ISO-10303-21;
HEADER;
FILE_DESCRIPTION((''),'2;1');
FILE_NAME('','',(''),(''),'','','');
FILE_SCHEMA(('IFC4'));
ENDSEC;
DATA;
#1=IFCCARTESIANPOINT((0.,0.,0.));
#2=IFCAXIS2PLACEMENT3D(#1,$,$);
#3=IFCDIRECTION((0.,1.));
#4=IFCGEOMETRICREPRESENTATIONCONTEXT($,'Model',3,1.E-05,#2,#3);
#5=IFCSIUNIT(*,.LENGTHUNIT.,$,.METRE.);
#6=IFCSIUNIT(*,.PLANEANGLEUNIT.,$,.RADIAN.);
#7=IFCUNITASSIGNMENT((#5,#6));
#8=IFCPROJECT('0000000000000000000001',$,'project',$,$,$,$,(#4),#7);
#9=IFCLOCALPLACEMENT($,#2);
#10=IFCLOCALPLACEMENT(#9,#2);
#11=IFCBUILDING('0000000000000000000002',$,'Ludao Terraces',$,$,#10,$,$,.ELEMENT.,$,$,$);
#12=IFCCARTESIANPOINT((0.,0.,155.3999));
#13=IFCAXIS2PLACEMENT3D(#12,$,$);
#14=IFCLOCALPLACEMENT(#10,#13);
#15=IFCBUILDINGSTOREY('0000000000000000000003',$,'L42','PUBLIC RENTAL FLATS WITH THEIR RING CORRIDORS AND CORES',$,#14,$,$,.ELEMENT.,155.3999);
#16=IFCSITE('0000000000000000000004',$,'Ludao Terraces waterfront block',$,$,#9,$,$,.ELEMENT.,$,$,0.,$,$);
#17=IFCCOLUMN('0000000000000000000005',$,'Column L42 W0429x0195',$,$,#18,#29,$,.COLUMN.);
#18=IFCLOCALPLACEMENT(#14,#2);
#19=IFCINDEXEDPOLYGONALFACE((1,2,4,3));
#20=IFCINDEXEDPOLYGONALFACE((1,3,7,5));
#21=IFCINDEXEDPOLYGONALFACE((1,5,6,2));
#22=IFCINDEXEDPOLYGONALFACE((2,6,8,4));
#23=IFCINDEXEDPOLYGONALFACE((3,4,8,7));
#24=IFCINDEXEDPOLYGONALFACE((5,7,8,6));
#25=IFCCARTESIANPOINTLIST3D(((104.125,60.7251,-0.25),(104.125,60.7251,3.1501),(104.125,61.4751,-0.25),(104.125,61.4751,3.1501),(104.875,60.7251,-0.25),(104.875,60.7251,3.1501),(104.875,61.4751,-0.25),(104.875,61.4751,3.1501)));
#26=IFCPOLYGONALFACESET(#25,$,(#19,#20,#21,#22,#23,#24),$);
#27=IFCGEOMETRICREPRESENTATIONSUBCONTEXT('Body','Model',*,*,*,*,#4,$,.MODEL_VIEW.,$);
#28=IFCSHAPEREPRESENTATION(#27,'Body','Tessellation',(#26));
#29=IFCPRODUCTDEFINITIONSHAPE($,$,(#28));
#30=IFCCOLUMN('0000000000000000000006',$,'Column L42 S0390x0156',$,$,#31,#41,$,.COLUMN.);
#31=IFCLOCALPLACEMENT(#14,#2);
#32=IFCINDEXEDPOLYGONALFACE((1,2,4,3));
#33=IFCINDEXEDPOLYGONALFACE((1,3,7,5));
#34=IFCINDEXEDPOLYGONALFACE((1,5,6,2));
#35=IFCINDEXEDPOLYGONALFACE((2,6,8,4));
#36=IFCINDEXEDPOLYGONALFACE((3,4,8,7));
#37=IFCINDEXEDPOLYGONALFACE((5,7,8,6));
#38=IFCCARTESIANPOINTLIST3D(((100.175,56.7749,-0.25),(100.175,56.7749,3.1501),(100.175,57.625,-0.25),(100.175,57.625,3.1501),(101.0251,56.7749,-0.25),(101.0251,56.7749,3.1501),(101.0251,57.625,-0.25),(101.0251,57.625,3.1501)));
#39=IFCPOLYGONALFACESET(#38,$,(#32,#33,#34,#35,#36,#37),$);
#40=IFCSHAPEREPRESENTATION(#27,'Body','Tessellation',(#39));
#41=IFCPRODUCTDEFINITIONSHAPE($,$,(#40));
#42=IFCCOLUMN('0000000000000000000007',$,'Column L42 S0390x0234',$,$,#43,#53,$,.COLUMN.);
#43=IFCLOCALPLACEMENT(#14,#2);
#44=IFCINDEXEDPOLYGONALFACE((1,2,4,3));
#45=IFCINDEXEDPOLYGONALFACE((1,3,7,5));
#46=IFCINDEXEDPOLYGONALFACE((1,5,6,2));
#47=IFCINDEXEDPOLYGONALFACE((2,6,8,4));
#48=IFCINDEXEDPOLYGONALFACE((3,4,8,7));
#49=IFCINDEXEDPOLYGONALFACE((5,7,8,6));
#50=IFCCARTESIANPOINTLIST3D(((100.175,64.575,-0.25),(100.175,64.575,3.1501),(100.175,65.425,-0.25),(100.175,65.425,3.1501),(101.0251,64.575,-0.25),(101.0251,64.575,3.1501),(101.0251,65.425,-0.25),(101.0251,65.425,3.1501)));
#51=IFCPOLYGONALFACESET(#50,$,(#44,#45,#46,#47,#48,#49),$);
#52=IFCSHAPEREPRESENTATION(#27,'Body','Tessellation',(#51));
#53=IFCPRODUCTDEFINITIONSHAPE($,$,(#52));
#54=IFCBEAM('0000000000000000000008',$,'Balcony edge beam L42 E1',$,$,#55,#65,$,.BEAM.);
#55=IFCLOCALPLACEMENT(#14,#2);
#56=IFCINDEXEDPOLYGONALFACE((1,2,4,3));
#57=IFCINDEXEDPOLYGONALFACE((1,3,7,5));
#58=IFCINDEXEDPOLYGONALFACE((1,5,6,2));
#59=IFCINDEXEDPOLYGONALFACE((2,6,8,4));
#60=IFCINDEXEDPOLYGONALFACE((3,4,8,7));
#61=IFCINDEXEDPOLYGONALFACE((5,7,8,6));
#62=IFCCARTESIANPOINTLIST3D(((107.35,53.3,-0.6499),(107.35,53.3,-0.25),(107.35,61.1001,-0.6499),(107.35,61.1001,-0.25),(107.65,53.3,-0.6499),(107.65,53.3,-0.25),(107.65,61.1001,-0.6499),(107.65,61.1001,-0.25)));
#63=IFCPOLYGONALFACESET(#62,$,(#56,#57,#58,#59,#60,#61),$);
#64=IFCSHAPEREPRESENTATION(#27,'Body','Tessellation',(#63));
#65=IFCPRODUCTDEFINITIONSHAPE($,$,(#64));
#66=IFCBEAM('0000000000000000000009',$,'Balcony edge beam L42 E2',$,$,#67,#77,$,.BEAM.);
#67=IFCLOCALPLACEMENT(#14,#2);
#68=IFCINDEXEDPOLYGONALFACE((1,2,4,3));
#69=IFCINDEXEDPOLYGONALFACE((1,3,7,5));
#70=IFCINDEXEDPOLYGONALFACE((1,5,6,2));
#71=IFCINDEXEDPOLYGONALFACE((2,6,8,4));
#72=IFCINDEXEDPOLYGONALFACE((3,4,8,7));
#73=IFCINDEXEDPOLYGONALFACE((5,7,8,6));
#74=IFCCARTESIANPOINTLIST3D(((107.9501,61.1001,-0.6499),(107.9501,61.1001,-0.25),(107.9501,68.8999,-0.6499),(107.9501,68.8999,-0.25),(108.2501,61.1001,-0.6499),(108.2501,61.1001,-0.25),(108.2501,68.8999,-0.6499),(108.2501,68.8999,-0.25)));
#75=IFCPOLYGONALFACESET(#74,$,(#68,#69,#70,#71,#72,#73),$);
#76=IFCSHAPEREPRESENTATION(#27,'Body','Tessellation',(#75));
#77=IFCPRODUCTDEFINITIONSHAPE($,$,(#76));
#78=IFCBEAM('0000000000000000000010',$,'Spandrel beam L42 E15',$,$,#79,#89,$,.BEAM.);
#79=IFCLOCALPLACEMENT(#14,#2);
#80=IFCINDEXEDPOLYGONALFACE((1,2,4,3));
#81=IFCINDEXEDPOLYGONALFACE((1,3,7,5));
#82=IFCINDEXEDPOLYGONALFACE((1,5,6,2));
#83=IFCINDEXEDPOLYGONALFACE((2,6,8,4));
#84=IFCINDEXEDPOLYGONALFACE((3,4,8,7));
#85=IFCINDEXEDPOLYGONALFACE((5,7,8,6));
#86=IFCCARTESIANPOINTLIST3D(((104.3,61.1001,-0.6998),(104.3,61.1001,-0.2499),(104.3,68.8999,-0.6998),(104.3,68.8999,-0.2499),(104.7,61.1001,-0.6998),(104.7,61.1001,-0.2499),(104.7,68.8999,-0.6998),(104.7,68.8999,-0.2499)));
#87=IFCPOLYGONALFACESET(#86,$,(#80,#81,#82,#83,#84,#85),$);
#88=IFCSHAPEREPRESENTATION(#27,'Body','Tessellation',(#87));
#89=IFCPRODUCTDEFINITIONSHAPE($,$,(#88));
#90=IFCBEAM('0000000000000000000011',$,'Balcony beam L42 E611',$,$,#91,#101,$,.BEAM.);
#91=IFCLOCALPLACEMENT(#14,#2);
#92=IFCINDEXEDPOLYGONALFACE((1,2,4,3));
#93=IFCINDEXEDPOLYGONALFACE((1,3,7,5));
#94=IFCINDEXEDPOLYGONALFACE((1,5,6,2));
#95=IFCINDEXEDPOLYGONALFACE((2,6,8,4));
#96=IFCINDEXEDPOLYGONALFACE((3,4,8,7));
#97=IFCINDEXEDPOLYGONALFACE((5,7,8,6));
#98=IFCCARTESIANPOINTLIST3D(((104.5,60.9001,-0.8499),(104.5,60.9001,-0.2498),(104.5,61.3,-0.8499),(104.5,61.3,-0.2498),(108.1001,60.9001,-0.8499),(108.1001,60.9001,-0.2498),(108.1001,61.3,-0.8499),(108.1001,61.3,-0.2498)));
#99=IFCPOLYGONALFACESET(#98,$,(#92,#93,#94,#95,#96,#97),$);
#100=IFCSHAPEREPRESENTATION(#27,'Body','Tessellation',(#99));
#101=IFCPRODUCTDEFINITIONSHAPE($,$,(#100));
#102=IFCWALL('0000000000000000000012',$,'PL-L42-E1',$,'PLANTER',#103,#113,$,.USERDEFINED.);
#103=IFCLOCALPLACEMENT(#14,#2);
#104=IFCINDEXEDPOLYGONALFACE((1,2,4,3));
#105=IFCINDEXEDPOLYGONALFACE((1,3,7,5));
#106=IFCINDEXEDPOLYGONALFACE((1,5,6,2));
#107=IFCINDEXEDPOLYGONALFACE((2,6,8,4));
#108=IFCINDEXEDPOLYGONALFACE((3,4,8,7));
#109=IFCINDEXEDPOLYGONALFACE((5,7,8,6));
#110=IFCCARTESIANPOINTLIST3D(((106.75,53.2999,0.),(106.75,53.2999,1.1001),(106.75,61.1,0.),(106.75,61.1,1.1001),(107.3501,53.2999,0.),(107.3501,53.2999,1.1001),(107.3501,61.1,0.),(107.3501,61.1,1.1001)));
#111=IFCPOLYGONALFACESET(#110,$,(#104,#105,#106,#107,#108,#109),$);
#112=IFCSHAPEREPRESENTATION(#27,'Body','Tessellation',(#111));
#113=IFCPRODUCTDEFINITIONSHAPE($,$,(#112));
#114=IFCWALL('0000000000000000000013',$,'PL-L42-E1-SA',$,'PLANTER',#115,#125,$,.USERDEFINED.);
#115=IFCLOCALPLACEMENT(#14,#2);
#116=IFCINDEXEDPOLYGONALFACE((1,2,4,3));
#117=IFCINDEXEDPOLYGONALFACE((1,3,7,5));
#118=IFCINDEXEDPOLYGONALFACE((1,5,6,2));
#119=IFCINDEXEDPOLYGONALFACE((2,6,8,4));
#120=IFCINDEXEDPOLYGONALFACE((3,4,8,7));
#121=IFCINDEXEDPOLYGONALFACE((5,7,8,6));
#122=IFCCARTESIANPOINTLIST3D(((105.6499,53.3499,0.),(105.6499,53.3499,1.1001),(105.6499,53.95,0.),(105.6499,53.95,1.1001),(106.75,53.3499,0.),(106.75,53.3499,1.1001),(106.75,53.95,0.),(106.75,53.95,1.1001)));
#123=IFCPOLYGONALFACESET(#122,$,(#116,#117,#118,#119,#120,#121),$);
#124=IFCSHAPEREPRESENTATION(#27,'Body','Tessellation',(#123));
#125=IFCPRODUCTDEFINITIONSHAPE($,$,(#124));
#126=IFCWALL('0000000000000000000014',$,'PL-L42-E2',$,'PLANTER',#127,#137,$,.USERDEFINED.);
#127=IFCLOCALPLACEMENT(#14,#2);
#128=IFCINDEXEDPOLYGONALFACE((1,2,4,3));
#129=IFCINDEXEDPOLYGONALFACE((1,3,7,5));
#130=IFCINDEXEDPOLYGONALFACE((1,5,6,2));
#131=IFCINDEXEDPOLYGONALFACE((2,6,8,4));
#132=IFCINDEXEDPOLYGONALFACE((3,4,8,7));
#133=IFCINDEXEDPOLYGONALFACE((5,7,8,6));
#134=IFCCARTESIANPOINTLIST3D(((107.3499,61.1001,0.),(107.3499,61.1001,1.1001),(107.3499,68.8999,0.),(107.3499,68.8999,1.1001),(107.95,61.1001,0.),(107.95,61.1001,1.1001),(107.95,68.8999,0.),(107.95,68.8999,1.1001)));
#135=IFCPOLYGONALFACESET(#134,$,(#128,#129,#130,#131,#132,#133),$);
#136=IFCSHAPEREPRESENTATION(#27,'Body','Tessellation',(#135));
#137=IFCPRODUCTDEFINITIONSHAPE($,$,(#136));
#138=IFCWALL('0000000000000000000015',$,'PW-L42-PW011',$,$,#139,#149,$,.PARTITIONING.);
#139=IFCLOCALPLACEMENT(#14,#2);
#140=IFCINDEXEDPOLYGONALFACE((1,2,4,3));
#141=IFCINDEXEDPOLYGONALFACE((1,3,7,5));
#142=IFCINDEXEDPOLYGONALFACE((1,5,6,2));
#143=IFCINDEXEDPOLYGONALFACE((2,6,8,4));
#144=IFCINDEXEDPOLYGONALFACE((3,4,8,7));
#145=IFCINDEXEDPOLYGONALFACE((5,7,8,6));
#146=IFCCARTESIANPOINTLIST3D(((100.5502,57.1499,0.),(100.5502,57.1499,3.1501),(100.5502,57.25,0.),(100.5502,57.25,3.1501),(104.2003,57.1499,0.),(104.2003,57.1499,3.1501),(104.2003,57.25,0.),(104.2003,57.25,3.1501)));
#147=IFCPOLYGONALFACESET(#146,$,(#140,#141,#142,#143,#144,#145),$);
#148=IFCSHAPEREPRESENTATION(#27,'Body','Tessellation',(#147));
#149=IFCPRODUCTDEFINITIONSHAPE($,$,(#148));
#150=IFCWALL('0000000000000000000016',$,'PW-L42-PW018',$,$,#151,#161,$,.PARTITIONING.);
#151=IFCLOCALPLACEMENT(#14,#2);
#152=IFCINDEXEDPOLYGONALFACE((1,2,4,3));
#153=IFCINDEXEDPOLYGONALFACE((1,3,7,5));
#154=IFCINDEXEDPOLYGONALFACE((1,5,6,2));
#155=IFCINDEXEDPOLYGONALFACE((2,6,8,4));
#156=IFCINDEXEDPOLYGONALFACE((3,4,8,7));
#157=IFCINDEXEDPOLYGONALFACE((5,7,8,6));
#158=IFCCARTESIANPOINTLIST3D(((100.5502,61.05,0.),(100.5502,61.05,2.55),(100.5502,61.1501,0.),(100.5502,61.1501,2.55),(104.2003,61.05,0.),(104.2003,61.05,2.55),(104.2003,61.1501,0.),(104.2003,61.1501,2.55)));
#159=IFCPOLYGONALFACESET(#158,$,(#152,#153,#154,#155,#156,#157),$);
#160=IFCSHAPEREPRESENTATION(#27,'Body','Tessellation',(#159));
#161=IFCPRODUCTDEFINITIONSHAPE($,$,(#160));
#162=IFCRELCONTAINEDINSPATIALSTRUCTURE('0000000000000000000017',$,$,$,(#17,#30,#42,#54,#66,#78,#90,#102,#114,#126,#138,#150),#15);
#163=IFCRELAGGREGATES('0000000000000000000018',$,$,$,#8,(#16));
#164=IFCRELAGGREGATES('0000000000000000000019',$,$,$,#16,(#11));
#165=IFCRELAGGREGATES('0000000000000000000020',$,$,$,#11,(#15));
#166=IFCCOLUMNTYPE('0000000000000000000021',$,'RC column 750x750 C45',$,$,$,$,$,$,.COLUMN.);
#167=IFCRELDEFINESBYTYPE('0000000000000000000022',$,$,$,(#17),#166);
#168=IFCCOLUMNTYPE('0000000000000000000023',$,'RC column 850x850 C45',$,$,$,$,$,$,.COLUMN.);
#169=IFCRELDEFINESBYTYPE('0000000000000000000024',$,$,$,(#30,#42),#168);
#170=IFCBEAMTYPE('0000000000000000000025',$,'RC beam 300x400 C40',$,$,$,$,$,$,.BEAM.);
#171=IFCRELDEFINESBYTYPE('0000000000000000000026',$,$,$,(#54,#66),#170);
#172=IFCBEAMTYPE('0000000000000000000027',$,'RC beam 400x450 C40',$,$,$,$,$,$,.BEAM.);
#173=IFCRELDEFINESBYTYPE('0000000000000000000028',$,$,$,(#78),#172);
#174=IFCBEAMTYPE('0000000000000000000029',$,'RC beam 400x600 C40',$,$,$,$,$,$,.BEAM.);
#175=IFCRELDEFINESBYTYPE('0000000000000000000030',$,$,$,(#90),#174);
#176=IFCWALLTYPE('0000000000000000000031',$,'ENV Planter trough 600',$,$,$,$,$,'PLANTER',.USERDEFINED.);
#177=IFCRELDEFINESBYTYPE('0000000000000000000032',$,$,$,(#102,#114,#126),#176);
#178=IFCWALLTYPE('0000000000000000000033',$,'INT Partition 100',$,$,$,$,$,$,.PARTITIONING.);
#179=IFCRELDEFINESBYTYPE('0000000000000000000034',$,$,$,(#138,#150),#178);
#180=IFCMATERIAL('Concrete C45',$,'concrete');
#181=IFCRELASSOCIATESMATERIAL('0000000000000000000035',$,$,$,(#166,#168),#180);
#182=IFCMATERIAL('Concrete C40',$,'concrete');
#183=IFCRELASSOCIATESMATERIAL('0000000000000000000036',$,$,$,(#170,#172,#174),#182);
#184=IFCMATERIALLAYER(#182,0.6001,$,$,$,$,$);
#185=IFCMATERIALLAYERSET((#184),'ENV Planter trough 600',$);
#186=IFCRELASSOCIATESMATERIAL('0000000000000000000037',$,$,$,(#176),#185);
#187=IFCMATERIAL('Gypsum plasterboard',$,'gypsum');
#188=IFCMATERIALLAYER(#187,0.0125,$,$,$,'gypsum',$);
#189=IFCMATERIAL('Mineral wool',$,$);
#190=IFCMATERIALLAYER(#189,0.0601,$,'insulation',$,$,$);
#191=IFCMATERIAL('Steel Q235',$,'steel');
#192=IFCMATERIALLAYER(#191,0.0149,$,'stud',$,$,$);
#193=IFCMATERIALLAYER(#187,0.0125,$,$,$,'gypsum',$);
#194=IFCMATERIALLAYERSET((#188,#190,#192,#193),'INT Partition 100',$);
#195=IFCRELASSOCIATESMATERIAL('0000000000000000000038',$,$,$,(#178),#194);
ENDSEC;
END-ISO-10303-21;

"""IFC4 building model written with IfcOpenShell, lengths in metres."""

from ifc_helpers import new_model, si_unit, direction, frame, frame_2d, origin, origin_2d, place, context, subcontext, project, spatial, rectangle, extrude, material, layer, layer_set, material_profile, profile_set, type_object, element, save


model = new_model("IFC4")

# Units and contexts
model_context = context("Model", 3, precision=1e-05, world=origin(), true_north=direction((0.0, 1.0)))
body_context = subcontext(model_context, "Body", "Model", "MODEL_VIEW")
ifc_project = project(units=[si_unit("LENGTHUNIT", "METRE"), si_unit("PLANEANGLEUNIT", "RADIAN")], contexts=[model_context])

# Site, building, storey
site_placement = place(None, origin())
site = spatial("IfcSite", under=ifc_project, at=site_placement, Name="Ludao Terraces waterfront block", CompositionType="ELEMENT", RefElevation=0.0)
building_placement = place(site_placement, origin())
building = spatial("IfcBuilding", under=site, at=building_placement, Name="Ludao Terraces", CompositionType="ELEMENT")
storey_placement = place(building_placement, frame((0.0, 0.0, 155.3999)))
storey = spatial("IfcBuildingStorey", under=building, at=storey_placement, Name="L42", Description="PUBLIC RENTAL FLATS WITH THEIR RING CORRIDORS AND CORES", CompositionType="ELEMENT", Elevation=155.3999)

# Columns
ifc_material_1 = material(Name="Concrete C45", Category="concrete")
ifc_material_profile_1 = material_profile(ifc_material_1, rectangle(XDim=0.75, YDim=0.75, at=origin_2d()), Name="750 X 750")
ifc_profile_set_1 = profile_set([ifc_material_profile_1], Name="Concrete C45")
column_type_1 = type_object("IfcColumnType", Name="RC column 750x750 C45", PredefinedType="COLUMN", material=ifc_profile_set_1)
column_placement = place(storey_placement, frame((104.5, 61.1001, -0.25), z_axis=(0.0, 0.0, 1.0), x_axis=(1.0, 0.0, 0.0)))
element("IfcColumn", 1, at=column_placement, inside=storey, type_object=column_type_1, Name="Column L42 W0429x0195", PredefinedType="COLUMN", context=body_context, shape_type="SweptSolid", body=[
    extrude(rectangle(XDim=0.75, YDim=0.75, at=origin_2d()), origin(), (0.0, 0.0, 1.0), 3.4001),
])
ifc_material_profile_2 = material_profile(ifc_material_1, rectangle(XDim=0.8501, YDim=0.8501, at=origin_2d()), Name="850 X 850")
ifc_profile_set_2 = profile_set([ifc_material_profile_2], Name="Concrete C45")
column_type_2 = type_object("IfcColumnType", Name="RC column 850x850 C45", PredefinedType="COLUMN", material=ifc_profile_set_2)
for number, where, z_axis, x_axis, name in (
    (2, (100.6001, 57.2, -0.25), (0.0, 0.0, 1.0), (1.0, 0.0, 0.0), "Column L42 S0390x0156"),
    (3, (100.6001, 65.0, -0.25), (0.0, 0.0, 1.0), (1.0, 0.0, 0.0), "Column L42 S0390x0234"),
):
    element("IfcColumn", number, at=place(storey_placement, frame(where, z_axis=z_axis, x_axis=x_axis)), inside=storey, type_object=column_type_2, Name=name, PredefinedType="COLUMN", context=body_context, shape_type="SweptSolid", body=[
        extrude(rectangle(XDim=0.8501, YDim=0.8501, at=origin_2d()), origin(), (0.0, 0.0, 1.0), 3.4001),
    ])

# Beams
ifc_material_2 = material(Name="Concrete C40", Category="concrete")
ifc_material_profile_3 = material_profile(ifc_material_2, rectangle(XDim=0.3, YDim=0.3999, at=origin_2d()), Name="300 X 400")
ifc_profile_set_3 = profile_set([ifc_material_profile_3], Name="Concrete C40")
beam_type_1 = type_object("IfcBeamType", Name="RC beam 300x400 C40", PredefinedType="BEAM", material=ifc_profile_set_3)
beam_1_placement = place(storey_placement, frame((107.5, 53.3, -0.45), z_axis=(0.0, 1.0, 0.0), x_axis=(-1.0, 0.0, 0.0)))
element("IfcBeam", 4, at=beam_1_placement, inside=storey, type_object=beam_type_1, Name="Balcony edge beam L42 E1", PredefinedType="BEAM", context=body_context, shape_type="SweptSolid", body=[
    extrude(rectangle(XDim=0.3, YDim=0.3999, at=origin_2d()), origin(), (0.0, 0.0, 1.0), 7.8),
])
beam_2_placement = place(storey_placement, frame((108.1001, 61.1001, -0.45), z_axis=(0.0, 1.0, 0.0), x_axis=(-1.0, 0.0, 0.0)))
element("IfcBeam", 5, at=beam_2_placement, inside=storey, type_object=beam_type_1, Name="Balcony edge beam L42 E2", PredefinedType="BEAM", context=body_context, shape_type="SweptSolid", body=[
    extrude(rectangle(XDim=0.3, YDim=0.3999, at=origin_2d()), origin(), (0.0, 0.0, 1.0), 7.7998),
])
ifc_material_profile_4 = material_profile(ifc_material_2, rectangle(XDim=0.3999, YDim=0.45, at=origin_2d()), Name="400 X 450")
ifc_profile_set_4 = profile_set([ifc_material_profile_4], Name="Concrete C40")
beam_type_2 = type_object("IfcBeamType", Name="RC beam 400x450 C40", PredefinedType="BEAM", material=ifc_profile_set_4)
beam_3_placement = place(storey_placement, frame((104.5, 61.1001, -0.4749), z_axis=(0.0, 1.0, 0.0), x_axis=(-1.0, 0.0, 0.0)))
element("IfcBeam", 6, at=beam_3_placement, inside=storey, type_object=beam_type_2, Name="Spandrel beam L42 E15", PredefinedType="BEAM", context=body_context, shape_type="SweptSolid", body=[
    extrude(rectangle(XDim=0.3999, YDim=0.45, at=origin_2d()), origin(), (0.0, 0.0, 1.0), 7.7998),
])
ifc_material_profile_5 = material_profile(ifc_material_2, rectangle(XDim=0.3999, YDim=0.6001, at=origin_2d()), Name="400 X 600")
ifc_profile_set_5 = profile_set([ifc_material_profile_5], Name="Concrete C40")
beam_type_3 = type_object("IfcBeamType", Name="RC beam 400x600 C40", PredefinedType="BEAM", material=ifc_profile_set_5)
beam_4_placement = place(storey_placement, frame((104.5, 61.1001, -0.5498), z_axis=(1.0, 0.0, 0.0), x_axis=(0.0, 1.0, 0.0)))
element("IfcBeam", 7, at=beam_4_placement, inside=storey, type_object=beam_type_3, Name="Balcony beam L42 E611", PredefinedType="BEAM", context=body_context, shape_type="SweptSolid", body=[
    extrude(rectangle(XDim=0.3999, YDim=0.6001, at=origin_2d()), origin(), (0.0, 0.0, 1.0), 3.6001),
])

# Walls
ifc_layer_1 = layer(ifc_material_2, 0.6001)
ifc_layer_set_1 = layer_set([ifc_layer_1], Name="ENV Planter trough 600")
wall_type_1 = type_object("IfcWallType", Name="ENV Planter trough 600", ElementType="PLANTER", PredefinedType="USERDEFINED", material=ifc_layer_set_1)
wall_1_placement = place(storey_placement, frame((107.05, 53.3, 0.0), z_axis=(0.0, 0.0, 1.0), x_axis=(0.0, 1.0, 0.0)))
element("IfcWall", 8, at=wall_1_placement, inside=storey, type_object=wall_type_1, Name="PL-L42-E1", ObjectType="PLANTER", PredefinedType="USERDEFINED", context=body_context, shape_type="SweptSolid", body=[
    extrude(rectangle(XDim=7.8, YDim=0.6001, at=frame_2d((3.8999, 0.0))), origin(), (0.0, 0.0, 1.0), 1.1001),
])
wall_2_placement = place(storey_placement, frame((106.75, 53.6499, 0.0), z_axis=(0.0, 0.0, 1.0), x_axis=(-1.0, 0.0, 0.0)))
element("IfcWall", 9, at=wall_2_placement, inside=storey, type_object=wall_type_1, Name="PL-L42-E1-SA", ObjectType="PLANTER", PredefinedType="USERDEFINED", context=body_context, shape_type="SweptSolid", body=[
    extrude(rectangle(XDim=1.1001, YDim=0.6001, at=frame_2d((0.55, 0.0))), origin(), (0.0, 0.0, 1.0), 1.1001),
])
wall_3_placement = place(storey_placement, frame((107.6499, 61.1001, 0.0), z_axis=(0.0, 0.0, 1.0), x_axis=(0.0, 1.0, 0.0)))
element("IfcWall", 10, at=wall_3_placement, inside=storey, type_object=wall_type_1, Name="PL-L42-E2", ObjectType="PLANTER", PredefinedType="USERDEFINED", context=body_context, shape_type="SweptSolid", body=[
    extrude(rectangle(XDim=7.7998, YDim=0.6001, at=frame_2d((3.8999, 0.0))), origin(), (0.0, 0.0, 1.0), 1.1001),
])

# Shared definitions
ifc_material_3 = material(Name="Mineral wool")

# Walls
ifc_material_4 = material(Name="Gypsum plasterboard", Category="gypsum")
ifc_layer_2 = layer(ifc_material_4, 0.0125, Category="gypsum")
ifc_layer_3 = layer(ifc_material_3, 0.0601, Name="insulation")
ifc_material_5 = material(Name="Steel Q235", Category="steel")
ifc_layer_4 = layer(ifc_material_5, 0.0149, Name="stud")
ifc_layer_5 = layer(ifc_material_4, 0.0125, Category="gypsum")
ifc_layer_set_2 = layer_set([ifc_layer_2, ifc_layer_3, ifc_layer_4, ifc_layer_5], Name="INT Partition 100")
wall_type_2 = type_object("IfcWallType", Name="INT Partition 100", PredefinedType="PARTITIONING", material=ifc_layer_set_2)
wall_4_placement = place(storey_placement, frame((100.55, 57.2, 0.0), z_axis=(0.0, 0.0, 1.0), x_axis=(1.0, 0.0, 0.0)))
element("IfcWall", 11, at=wall_4_placement, inside=storey, type_object=wall_type_2, Name="PW-L42-PW011", PredefinedType="PARTITIONING", context=body_context, shape_type="SweptSolid", body=[
    extrude(rectangle(XDim=3.6501, YDim=0.1001, at=frame_2d((1.8252, 0.0))), origin(), (0.0, 0.0, 1.0), 3.1501),
])
wall_5_placement = place(storey_placement, frame((100.55, 61.1001, 0.0), z_axis=(0.0, 0.0, 1.0), x_axis=(1.0, 0.0, 0.0)))
element("IfcWall", 12, at=wall_5_placement, inside=storey, type_object=wall_type_2, Name="PW-L42-PW018", PredefinedType="PARTITIONING", context=body_context, shape_type="SweptSolid", body=[
    extrude(rectangle(XDim=3.6501, YDim=0.1001, at=frame_2d((1.8252, 0.0))), origin(), (0.0, 0.0, 1.0), 2.55),
])

save(model, "model.ifc")
